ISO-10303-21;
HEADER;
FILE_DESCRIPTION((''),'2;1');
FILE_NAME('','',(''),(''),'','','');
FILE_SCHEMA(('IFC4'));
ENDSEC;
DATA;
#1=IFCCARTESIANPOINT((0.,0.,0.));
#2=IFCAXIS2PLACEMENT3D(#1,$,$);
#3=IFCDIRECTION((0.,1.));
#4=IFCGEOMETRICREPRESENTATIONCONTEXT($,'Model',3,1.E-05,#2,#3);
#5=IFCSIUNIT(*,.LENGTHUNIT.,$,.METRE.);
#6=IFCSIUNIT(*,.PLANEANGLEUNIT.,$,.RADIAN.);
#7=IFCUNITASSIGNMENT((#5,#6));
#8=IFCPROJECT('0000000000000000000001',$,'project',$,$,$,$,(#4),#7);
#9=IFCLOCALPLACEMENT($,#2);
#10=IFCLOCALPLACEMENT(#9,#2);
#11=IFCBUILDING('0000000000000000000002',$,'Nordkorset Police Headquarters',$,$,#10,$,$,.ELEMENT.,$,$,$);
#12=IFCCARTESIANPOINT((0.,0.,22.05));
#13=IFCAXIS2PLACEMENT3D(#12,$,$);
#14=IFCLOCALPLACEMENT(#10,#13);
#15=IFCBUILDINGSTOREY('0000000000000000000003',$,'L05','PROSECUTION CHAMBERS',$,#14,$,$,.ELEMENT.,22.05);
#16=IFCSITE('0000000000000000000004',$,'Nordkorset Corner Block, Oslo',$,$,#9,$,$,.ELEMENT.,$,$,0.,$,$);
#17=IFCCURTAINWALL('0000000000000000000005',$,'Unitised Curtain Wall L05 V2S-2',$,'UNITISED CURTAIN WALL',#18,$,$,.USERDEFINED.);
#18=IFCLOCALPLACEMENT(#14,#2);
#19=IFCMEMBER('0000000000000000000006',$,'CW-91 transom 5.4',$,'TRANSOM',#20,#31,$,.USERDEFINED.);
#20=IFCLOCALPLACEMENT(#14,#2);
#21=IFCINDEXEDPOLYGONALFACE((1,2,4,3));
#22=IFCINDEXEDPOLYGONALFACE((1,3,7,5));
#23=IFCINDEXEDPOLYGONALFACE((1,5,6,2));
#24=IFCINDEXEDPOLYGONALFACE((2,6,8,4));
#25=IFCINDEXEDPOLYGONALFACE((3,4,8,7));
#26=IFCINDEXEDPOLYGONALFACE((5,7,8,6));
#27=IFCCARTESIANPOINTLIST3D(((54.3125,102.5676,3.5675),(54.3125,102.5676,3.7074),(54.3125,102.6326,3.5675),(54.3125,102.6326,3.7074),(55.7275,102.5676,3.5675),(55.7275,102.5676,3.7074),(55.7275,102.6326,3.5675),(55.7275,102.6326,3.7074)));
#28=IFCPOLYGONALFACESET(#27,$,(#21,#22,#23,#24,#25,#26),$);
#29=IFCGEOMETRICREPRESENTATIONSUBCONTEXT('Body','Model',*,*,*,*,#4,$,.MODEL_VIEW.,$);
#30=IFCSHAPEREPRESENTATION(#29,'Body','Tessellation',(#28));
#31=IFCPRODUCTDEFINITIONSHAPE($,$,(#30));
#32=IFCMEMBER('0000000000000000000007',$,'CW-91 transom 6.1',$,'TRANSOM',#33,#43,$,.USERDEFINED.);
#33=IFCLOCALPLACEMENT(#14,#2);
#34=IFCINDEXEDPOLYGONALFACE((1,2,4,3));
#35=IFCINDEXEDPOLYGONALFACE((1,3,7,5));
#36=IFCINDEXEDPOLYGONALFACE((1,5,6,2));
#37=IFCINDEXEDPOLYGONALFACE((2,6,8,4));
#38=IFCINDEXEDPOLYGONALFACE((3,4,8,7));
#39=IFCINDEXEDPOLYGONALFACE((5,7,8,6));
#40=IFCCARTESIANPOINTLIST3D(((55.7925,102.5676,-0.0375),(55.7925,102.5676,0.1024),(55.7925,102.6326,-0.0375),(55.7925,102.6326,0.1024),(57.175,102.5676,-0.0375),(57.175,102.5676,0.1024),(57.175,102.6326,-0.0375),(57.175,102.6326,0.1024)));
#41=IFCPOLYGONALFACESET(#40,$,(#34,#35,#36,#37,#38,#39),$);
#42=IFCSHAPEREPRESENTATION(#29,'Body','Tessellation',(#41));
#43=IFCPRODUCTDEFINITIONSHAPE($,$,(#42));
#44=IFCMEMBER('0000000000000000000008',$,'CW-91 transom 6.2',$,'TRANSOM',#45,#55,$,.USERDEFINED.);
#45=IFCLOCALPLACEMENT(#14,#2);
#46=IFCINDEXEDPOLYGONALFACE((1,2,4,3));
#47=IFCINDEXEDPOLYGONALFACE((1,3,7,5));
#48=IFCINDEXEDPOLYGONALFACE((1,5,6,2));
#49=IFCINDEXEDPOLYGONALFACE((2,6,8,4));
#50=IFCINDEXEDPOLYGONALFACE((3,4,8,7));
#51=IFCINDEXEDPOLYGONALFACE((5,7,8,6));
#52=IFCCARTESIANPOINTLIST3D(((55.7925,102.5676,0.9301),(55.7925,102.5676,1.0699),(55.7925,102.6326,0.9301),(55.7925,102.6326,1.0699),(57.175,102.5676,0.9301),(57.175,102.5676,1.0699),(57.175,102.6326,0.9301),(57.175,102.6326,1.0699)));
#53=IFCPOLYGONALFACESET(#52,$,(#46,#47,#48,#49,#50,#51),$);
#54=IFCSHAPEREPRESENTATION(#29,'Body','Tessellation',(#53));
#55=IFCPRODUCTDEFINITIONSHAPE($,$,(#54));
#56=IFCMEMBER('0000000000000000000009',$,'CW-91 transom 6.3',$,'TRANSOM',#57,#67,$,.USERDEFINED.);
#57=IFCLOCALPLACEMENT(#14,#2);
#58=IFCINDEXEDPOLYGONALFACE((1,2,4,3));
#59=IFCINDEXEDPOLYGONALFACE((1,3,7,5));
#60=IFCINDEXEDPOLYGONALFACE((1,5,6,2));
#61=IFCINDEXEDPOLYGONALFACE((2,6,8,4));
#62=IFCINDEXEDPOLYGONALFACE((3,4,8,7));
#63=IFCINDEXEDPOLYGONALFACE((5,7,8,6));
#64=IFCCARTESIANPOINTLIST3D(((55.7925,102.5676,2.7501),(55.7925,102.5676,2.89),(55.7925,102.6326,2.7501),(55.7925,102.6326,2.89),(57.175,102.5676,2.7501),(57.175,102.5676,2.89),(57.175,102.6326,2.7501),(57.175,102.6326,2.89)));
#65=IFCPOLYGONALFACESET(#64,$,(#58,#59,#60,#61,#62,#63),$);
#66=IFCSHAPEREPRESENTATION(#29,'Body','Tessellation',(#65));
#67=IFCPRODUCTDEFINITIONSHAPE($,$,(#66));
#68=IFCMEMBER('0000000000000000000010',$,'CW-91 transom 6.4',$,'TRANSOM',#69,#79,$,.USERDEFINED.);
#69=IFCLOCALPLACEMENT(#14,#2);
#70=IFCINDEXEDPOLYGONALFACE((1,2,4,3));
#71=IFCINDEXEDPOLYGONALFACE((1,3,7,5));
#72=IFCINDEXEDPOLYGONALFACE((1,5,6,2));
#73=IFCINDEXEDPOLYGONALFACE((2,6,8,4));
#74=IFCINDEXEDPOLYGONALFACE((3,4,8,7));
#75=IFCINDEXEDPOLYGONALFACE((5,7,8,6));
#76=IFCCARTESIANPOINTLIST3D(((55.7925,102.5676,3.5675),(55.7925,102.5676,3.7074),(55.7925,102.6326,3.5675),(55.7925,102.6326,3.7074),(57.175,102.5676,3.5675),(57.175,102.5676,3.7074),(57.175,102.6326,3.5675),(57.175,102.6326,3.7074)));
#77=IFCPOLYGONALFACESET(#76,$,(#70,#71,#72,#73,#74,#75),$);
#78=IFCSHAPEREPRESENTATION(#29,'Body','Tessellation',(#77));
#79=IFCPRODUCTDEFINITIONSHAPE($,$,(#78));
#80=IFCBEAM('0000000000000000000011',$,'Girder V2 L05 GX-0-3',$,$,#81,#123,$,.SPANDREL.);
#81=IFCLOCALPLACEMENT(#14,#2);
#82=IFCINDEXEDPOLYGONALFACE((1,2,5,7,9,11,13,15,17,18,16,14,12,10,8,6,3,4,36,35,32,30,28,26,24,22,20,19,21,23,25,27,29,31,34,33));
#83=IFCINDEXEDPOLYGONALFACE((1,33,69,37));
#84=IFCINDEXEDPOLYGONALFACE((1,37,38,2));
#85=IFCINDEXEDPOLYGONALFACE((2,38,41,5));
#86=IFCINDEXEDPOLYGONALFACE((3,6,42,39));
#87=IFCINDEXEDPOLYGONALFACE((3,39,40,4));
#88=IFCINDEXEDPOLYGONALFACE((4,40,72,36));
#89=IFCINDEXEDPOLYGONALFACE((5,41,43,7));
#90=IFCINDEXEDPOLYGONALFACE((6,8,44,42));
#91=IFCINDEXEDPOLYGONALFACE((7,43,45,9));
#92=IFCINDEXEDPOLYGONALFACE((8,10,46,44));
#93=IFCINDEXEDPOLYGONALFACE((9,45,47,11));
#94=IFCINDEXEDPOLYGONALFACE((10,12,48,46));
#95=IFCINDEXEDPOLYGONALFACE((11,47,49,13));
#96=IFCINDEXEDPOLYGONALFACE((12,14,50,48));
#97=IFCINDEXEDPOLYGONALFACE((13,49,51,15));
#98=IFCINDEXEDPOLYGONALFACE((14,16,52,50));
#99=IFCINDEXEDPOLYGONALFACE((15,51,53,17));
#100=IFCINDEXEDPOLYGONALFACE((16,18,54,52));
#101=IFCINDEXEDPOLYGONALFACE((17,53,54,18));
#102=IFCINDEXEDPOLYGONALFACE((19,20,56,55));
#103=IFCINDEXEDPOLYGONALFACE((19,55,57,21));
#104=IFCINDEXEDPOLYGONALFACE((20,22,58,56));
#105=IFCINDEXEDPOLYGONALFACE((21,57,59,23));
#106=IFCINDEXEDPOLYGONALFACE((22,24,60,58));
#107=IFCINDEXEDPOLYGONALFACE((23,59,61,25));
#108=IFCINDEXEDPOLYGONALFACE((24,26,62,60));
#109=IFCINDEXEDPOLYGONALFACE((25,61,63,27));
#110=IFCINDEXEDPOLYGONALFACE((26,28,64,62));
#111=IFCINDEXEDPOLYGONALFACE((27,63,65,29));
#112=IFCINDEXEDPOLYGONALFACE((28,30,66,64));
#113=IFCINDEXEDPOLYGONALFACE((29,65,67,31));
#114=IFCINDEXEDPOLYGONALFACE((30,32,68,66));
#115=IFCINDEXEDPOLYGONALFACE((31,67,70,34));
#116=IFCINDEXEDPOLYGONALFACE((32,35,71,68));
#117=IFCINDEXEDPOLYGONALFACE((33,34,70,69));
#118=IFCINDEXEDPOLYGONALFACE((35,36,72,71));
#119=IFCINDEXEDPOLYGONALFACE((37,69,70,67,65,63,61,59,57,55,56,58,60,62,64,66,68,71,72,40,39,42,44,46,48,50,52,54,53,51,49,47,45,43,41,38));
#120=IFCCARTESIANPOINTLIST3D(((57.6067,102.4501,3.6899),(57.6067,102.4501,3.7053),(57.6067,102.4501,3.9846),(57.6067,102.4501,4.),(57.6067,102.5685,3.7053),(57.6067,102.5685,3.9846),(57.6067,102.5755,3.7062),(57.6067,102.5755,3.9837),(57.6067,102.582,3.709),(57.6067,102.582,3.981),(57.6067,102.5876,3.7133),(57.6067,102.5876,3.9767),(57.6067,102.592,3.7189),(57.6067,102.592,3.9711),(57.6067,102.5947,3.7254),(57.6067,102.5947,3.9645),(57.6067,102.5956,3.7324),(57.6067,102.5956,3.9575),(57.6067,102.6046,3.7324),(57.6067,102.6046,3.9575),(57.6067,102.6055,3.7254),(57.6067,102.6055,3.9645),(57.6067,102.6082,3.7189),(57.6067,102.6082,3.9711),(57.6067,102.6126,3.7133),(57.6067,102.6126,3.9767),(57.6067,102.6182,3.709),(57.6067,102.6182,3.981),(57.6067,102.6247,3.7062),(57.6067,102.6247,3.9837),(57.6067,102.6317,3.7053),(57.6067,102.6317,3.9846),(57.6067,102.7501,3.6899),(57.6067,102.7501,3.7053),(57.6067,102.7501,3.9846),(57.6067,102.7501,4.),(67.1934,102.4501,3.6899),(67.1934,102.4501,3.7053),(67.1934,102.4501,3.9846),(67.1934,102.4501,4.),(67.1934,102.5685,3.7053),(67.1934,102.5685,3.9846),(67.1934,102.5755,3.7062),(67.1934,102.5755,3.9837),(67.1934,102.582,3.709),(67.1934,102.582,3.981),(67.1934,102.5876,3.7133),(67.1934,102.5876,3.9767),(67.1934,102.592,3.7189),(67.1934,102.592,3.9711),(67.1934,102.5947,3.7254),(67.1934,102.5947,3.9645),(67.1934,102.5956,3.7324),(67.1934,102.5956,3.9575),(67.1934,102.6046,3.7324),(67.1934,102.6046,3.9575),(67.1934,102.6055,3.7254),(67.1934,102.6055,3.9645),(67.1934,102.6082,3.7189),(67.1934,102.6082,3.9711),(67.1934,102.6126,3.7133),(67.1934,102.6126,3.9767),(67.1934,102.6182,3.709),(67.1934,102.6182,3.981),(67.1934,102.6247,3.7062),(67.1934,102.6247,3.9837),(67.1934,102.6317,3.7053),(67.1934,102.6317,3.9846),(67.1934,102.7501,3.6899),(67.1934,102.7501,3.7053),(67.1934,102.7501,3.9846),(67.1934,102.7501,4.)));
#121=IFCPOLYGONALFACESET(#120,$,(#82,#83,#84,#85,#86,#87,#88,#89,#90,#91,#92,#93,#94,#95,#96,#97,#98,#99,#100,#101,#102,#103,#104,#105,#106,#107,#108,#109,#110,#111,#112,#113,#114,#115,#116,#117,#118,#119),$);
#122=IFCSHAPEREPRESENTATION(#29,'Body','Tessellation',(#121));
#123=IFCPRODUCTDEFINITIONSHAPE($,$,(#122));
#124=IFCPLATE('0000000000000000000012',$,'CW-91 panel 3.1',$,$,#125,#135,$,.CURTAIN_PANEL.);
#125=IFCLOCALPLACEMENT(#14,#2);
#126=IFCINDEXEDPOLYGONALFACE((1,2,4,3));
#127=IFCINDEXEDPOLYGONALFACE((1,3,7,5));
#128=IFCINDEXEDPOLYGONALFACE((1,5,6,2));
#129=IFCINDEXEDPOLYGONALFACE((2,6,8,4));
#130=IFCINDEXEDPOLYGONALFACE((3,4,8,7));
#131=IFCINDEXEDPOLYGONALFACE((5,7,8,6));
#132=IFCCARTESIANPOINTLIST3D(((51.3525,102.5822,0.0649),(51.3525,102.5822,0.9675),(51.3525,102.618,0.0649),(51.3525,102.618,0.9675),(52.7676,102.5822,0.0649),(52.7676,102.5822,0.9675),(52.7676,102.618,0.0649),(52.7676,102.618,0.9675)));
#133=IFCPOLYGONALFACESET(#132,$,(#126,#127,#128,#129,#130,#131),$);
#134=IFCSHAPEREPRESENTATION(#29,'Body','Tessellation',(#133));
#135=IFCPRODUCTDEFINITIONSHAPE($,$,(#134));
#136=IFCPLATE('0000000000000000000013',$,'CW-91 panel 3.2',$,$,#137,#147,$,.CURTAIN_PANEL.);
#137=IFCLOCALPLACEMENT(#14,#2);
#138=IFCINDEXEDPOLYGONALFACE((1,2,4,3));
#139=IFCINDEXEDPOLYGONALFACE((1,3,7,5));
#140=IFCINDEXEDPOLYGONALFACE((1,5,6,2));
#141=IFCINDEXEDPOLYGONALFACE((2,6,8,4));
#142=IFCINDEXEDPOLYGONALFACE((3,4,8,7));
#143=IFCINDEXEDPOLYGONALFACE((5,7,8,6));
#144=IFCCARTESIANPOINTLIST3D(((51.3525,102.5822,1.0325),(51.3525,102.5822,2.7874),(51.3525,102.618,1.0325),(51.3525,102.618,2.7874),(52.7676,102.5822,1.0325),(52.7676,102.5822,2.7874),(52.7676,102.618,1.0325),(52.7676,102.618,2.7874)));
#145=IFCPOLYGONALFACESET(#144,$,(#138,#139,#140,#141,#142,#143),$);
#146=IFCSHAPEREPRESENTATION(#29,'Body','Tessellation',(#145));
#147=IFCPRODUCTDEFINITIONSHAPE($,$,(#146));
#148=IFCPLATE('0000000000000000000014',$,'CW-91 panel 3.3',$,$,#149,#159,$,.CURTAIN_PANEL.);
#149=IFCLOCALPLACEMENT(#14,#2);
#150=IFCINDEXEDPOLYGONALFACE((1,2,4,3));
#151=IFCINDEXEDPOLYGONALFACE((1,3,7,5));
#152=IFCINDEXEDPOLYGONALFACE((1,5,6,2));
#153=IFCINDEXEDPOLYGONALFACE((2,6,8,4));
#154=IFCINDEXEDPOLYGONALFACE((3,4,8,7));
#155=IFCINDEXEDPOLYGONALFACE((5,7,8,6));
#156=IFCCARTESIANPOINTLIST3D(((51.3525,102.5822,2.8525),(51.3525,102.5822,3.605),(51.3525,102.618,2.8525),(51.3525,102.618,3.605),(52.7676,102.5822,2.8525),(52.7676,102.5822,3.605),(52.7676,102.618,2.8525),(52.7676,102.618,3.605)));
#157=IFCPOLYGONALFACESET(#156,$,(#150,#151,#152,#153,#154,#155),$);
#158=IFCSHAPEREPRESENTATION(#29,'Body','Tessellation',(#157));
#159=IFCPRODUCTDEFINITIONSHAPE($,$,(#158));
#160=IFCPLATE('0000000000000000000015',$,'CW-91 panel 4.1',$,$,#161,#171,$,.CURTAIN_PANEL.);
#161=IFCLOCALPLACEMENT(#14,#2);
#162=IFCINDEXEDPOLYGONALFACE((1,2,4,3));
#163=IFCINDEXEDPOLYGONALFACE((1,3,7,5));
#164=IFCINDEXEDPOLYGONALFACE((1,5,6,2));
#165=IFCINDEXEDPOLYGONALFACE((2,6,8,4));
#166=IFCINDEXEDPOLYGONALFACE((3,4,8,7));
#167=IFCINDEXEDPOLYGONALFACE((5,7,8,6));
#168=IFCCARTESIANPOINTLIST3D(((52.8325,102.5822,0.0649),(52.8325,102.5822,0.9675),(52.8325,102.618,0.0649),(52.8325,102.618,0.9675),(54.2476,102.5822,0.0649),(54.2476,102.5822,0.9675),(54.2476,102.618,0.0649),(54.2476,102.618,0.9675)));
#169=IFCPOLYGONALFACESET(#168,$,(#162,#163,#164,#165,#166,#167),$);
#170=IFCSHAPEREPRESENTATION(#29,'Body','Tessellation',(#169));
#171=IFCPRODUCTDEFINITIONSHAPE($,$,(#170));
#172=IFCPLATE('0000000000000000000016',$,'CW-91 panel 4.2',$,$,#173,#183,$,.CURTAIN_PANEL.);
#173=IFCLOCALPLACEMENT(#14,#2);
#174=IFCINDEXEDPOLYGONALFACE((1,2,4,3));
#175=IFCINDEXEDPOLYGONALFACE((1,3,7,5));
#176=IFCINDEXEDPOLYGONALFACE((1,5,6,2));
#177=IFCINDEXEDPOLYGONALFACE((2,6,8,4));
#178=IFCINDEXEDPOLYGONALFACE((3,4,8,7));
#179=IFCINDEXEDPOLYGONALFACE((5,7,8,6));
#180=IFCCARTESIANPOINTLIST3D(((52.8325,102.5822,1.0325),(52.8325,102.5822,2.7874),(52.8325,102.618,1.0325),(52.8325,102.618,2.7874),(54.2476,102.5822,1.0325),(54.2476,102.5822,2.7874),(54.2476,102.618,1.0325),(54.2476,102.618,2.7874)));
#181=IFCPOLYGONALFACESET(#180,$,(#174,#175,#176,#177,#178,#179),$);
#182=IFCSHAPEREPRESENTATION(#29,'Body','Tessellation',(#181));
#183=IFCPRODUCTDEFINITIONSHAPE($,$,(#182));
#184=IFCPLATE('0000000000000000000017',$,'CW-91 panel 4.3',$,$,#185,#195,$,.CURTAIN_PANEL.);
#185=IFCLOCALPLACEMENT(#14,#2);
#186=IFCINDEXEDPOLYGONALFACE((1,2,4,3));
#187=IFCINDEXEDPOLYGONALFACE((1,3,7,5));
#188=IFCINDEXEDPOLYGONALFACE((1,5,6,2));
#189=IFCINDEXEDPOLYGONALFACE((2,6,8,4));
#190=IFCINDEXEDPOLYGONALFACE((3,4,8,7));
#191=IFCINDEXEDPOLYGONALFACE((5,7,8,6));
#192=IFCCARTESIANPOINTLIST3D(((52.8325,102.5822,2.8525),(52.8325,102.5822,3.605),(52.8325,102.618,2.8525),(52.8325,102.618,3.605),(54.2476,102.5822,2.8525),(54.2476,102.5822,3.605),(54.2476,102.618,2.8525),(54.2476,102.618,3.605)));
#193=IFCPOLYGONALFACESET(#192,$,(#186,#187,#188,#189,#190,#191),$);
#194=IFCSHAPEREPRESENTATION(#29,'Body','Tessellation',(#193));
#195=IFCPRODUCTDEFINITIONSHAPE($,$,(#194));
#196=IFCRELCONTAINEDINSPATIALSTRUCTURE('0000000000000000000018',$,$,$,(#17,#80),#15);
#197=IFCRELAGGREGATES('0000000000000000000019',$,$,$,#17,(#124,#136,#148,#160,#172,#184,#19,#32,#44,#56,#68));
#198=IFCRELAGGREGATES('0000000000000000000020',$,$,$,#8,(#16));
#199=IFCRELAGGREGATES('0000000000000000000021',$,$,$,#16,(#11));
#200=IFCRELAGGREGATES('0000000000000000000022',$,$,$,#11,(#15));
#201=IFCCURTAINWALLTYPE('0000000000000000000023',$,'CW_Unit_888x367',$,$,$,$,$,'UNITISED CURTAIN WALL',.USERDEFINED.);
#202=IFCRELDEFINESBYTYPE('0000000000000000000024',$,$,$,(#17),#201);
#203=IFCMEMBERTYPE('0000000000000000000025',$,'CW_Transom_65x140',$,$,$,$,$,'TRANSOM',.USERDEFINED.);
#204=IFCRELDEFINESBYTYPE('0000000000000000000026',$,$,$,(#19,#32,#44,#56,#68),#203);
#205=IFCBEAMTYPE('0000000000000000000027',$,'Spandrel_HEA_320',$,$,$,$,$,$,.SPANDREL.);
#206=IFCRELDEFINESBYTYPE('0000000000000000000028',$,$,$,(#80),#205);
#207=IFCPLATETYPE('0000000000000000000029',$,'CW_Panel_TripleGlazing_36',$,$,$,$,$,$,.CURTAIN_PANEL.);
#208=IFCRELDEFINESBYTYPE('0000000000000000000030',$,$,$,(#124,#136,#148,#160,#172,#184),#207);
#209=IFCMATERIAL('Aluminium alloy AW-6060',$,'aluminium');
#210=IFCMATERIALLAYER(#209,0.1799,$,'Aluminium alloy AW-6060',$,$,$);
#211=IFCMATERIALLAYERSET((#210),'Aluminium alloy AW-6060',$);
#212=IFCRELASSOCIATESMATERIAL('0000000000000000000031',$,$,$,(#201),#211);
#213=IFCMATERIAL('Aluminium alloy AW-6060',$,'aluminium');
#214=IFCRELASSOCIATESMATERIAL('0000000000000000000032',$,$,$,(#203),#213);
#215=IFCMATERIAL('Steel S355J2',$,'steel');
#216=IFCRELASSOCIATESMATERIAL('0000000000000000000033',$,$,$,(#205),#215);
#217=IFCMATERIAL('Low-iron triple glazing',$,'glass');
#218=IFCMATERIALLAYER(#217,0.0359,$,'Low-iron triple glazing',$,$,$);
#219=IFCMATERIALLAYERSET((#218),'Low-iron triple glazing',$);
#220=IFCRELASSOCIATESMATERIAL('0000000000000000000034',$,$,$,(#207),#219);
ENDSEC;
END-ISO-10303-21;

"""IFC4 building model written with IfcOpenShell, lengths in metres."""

from ifc_helpers import new_model, si_unit, direction, frame, origin, origin_2d, place, context, subcontext, project, spatial, rectangle, i_section, extrude, material, layer, layer_set, material_profile, profile_set, type_object, element, aggregate, save


model = new_model("IFC4")

# Units and contexts
model_context = context("Model", 3, precision=1e-05, world=origin(), true_north=direction((0.0, 1.0)))
body_context = subcontext(model_context, "Body", "Model", "MODEL_VIEW")
ifc_project = project(units=[si_unit("LENGTHUNIT", "METRE"), si_unit("PLANEANGLEUNIT", "RADIAN")], contexts=[model_context])

# Site, building, storey
site_placement = place(None, origin())
site = spatial("IfcSite", under=ifc_project, at=site_placement, Name="Nordkorset Corner Block, Oslo", CompositionType="ELEMENT", RefElevation=0.0)
building_placement = place(site_placement, origin())
building = spatial("IfcBuilding", under=site, at=building_placement, Name="Nordkorset Police Headquarters", CompositionType="ELEMENT")
storey_placement = place(building_placement, frame((0.0, 0.0, 22.05)))
storey = spatial("IfcBuildingStorey", under=building, at=storey_placement, Name="L05", Description="PROSECUTION CHAMBERS", CompositionType="ELEMENT", Elevation=22.05)

# Curtain wall, members
ifc_material_1 = material(Name="Aluminium alloy AW-6060", Category="aluminium")
ifc_layer_1 = layer(ifc_material_1, 0.1799, Name="Aluminium alloy AW-6060")
ifc_layer_set_1 = layer_set([ifc_layer_1], Name="Aluminium alloy AW-6060")
curtain_wall_type = type_object("IfcCurtainWallType", Name="CW_Unit_888x367", ElementType="UNITISED CURTAIN WALL", PredefinedType="USERDEFINED", material=ifc_layer_set_1)
curtain_wall_placement = place(storey_placement, origin())
curtain_wall = element("IfcCurtainWall", 1, at=curtain_wall_placement, inside=storey, type_object=curtain_wall_type, Name="Unitised Curtain Wall L05 V2S-2", ObjectType="UNITISED CURTAIN WALL", PredefinedType="USERDEFINED")
ifc_material_2 = material(Name="Aluminium alloy AW-6060", Category="aluminium")
ifc_material_profile_1 = material_profile(ifc_material_2, rectangle(XDim=0.0649, YDim=0.1399, at=origin_2d()), Name="ALU TRAN 65x140")
ifc_profile_set_1 = profile_set([ifc_material_profile_1], Name="Aluminium alloy AW-6060")
member_type_1 = type_object("IfcMemberType", Name="CW_Transom_65x140", ElementType="TRANSOM", PredefinedType="USERDEFINED", material=ifc_profile_set_1)
member_1_placement = place(storey_placement, frame((54.3125, 102.6001, 3.6375), z_axis=(1.0, 0.0, 0.0), x_axis=(0.0, 1.0, 0.0)))
member_1 = element("IfcMember", 2, at=member_1_placement, type_object=member_type_1, Name="CW-91 transom 5.4", ObjectType="TRANSOM", PredefinedType="USERDEFINED", context=body_context, shape_type="SweptSolid", body=[
    extrude(rectangle(XDim=0.0649, YDim=0.1399, at=origin_2d()), origin(), (0.0, 0.0, 1.0), 1.415),
])
member_2_placement = place(storey_placement, frame((55.7925, 102.6001, 0.0325), z_axis=(1.0, 0.0, 0.0), x_axis=(0.0, 1.0, 0.0)))
member_2 = element("IfcMember", 3, at=member_2_placement, type_object=member_type_1, Name="CW-91 transom 6.1", ObjectType="TRANSOM", PredefinedType="USERDEFINED", context=body_context, shape_type="SweptSolid", body=[
    extrude(rectangle(XDim=0.0649, YDim=0.1399, at=origin_2d()), origin(), (0.0, 0.0, 1.0), 1.3826),
])
member_3_placement = place(storey_placement, frame((55.7925, 102.6001, 1.0), z_axis=(1.0, 0.0, 0.0), x_axis=(0.0, 1.0, 0.0)))
member_3 = element("IfcMember", 4, at=member_3_placement, type_object=member_type_1, Name="CW-91 transom 6.2", ObjectType="TRANSOM", PredefinedType="USERDEFINED", context=body_context, shape_type="SweptSolid", body=[
    extrude(rectangle(XDim=0.0649, YDim=0.1399, at=origin_2d()), origin(), (0.0, 0.0, 1.0), 1.3826),
])
member_4_placement = place(storey_placement, frame((55.7925, 102.6001, 2.8201), z_axis=(1.0, 0.0, 0.0), x_axis=(0.0, 1.0, 0.0)))
member_4 = element("IfcMember", 5, at=member_4_placement, type_object=member_type_1, Name="CW-91 transom 6.3", ObjectType="TRANSOM", PredefinedType="USERDEFINED", context=body_context, shape_type="SweptSolid", body=[
    extrude(rectangle(XDim=0.0649, YDim=0.1399, at=origin_2d()), origin(), (0.0, 0.0, 1.0), 1.3826),
])
member_5_placement = place(storey_placement, frame((55.7925, 102.6001, 3.6375), z_axis=(1.0, 0.0, 0.0), x_axis=(0.0, 1.0, 0.0)))
member_5 = element("IfcMember", 6, at=member_5_placement, type_object=member_type_1, Name="CW-91 transom 6.4", ObjectType="TRANSOM", PredefinedType="USERDEFINED", context=body_context, shape_type="SweptSolid", body=[
    extrude(rectangle(XDim=0.0649, YDim=0.1399, at=origin_2d()), origin(), (0.0, 0.0, 1.0), 1.3826),
])

# Beam
ifc_material_3 = material(Name="Steel S355J2", Category="steel")
ifc_material_profile_2 = material_profile(ifc_material_3, i_section(OverallWidth=0.3, OverallDepth=0.3101, WebThickness=0.009, FlangeThickness=0.0154, FilletRadius=0.0271, at=origin_2d()), Name="HEA 320")
ifc_profile_set_2 = profile_set([ifc_material_profile_2], Name="Steel S355J2")
beam_type = type_object("IfcBeamType", Name="Spandrel_HEA_320", PredefinedType="SPANDREL", material=ifc_profile_set_2)
beam_placement = place(storey_placement, frame((57.6067, 102.6001, 3.845), z_axis=(1.0, 0.0, 0.0), x_axis=(0.0, 1.0, 0.0)))
element("IfcBeam", 7, at=beam_placement, inside=storey, type_object=beam_type, Name="Girder V2 L05 GX-0-3", PredefinedType="SPANDREL", context=body_context, shape_type="SweptSolid", body=[
    extrude(i_section(OverallWidth=0.3, OverallDepth=0.3101, WebThickness=0.009, FlangeThickness=0.0154, FilletRadius=0.0271, at=origin_2d()), origin(), (0.0, 0.0, 1.0), 9.5867),
])

# Plates
ifc_material_4 = material(Name="Low-iron triple glazing", Category="glass")
ifc_layer_2 = layer(ifc_material_4, 0.0359, Name="Low-iron triple glazing")
ifc_layer_set_2 = layer_set([ifc_layer_2], Name="Low-iron triple glazing")
plate_type = type_object("IfcPlateType", Name="CW_Panel_TripleGlazing_36", PredefinedType="CURTAIN_PANEL", material=ifc_layer_set_2)
plate_1_placement = place(storey_placement, frame((52.0601, 102.6001, 0.0649), z_axis=(0.0, 0.0, 1.0), x_axis=(1.0, 0.0, 0.0)))
plate_1 = element("IfcPlate", 8, at=plate_1_placement, type_object=plate_type, Name="CW-91 panel 3.1", PredefinedType="CURTAIN_PANEL", context=body_context, shape_type="SweptSolid", body=[
    extrude(rectangle(XDim=1.415, YDim=0.0359, at=origin_2d()), origin(), (0.0, 0.0, 1.0), 0.9026),
])
plate_2_placement = place(storey_placement, frame((52.0601, 102.6001, 1.0325), z_axis=(0.0, 0.0, 1.0), x_axis=(1.0, 0.0, 0.0)))
plate_2 = element("IfcPlate", 9, at=plate_2_placement, type_object=plate_type, Name="CW-91 panel 3.2", PredefinedType="CURTAIN_PANEL", context=body_context, shape_type="SweptSolid", body=[
    extrude(rectangle(XDim=1.415, YDim=0.0359, at=origin_2d()), origin(), (0.0, 0.0, 1.0), 1.7549),
])
plate_3_placement = place(storey_placement, frame((52.0601, 102.6001, 2.8525), z_axis=(0.0, 0.0, 1.0), x_axis=(1.0, 0.0, 0.0)))
plate_3 = element("IfcPlate", 10, at=plate_3_placement, type_object=plate_type, Name="CW-91 panel 3.3", PredefinedType="CURTAIN_PANEL", context=body_context, shape_type="SweptSolid", body=[
    extrude(rectangle(XDim=1.415, YDim=0.0359, at=origin_2d()), origin(), (0.0, 0.0, 1.0), 0.7524),
])
plate_4_placement = place(storey_placement, frame((53.54, 102.6001, 0.0649), z_axis=(0.0, 0.0, 1.0), x_axis=(1.0, 0.0, 0.0)))
plate_4 = element("IfcPlate", 11, at=plate_4_placement, type_object=plate_type, Name="CW-91 panel 4.1", PredefinedType="CURTAIN_PANEL", context=body_context, shape_type="SweptSolid", body=[
    extrude(rectangle(XDim=1.415, YDim=0.0359, at=origin_2d()), origin(), (0.0, 0.0, 1.0), 0.9026),
])
plate_5_placement = place(storey_placement, frame((53.54, 102.6001, 1.0325), z_axis=(0.0, 0.0, 1.0), x_axis=(1.0, 0.0, 0.0)))
plate_5 = element("IfcPlate", 12, at=plate_5_placement, type_object=plate_type, Name="CW-91 panel 4.2", PredefinedType="CURTAIN_PANEL", context=body_context, shape_type="SweptSolid", body=[
    extrude(rectangle(XDim=1.415, YDim=0.0359, at=origin_2d()), origin(), (0.0, 0.0, 1.0), 1.7549),
])
plate_6_placement = place(storey_placement, frame((53.54, 102.6001, 2.8525), z_axis=(0.0, 0.0, 1.0), x_axis=(1.0, 0.0, 0.0)))
plate_6 = element("IfcPlate", 13, at=plate_6_placement, type_object=plate_type, Name="CW-91 panel 4.3", PredefinedType="CURTAIN_PANEL", context=body_context, shape_type="SweptSolid", body=[
    extrude(rectangle(XDim=1.415, YDim=0.0359, at=origin_2d()), origin(), (0.0, 0.0, 1.0), 0.7524),
])
aggregate(curtain_wall, [plate_1, plate_2, plate_3, plate_4, plate_5, plate_6, member_1, member_2, member_3, member_4, member_5])

save(model, "model.ifc")
